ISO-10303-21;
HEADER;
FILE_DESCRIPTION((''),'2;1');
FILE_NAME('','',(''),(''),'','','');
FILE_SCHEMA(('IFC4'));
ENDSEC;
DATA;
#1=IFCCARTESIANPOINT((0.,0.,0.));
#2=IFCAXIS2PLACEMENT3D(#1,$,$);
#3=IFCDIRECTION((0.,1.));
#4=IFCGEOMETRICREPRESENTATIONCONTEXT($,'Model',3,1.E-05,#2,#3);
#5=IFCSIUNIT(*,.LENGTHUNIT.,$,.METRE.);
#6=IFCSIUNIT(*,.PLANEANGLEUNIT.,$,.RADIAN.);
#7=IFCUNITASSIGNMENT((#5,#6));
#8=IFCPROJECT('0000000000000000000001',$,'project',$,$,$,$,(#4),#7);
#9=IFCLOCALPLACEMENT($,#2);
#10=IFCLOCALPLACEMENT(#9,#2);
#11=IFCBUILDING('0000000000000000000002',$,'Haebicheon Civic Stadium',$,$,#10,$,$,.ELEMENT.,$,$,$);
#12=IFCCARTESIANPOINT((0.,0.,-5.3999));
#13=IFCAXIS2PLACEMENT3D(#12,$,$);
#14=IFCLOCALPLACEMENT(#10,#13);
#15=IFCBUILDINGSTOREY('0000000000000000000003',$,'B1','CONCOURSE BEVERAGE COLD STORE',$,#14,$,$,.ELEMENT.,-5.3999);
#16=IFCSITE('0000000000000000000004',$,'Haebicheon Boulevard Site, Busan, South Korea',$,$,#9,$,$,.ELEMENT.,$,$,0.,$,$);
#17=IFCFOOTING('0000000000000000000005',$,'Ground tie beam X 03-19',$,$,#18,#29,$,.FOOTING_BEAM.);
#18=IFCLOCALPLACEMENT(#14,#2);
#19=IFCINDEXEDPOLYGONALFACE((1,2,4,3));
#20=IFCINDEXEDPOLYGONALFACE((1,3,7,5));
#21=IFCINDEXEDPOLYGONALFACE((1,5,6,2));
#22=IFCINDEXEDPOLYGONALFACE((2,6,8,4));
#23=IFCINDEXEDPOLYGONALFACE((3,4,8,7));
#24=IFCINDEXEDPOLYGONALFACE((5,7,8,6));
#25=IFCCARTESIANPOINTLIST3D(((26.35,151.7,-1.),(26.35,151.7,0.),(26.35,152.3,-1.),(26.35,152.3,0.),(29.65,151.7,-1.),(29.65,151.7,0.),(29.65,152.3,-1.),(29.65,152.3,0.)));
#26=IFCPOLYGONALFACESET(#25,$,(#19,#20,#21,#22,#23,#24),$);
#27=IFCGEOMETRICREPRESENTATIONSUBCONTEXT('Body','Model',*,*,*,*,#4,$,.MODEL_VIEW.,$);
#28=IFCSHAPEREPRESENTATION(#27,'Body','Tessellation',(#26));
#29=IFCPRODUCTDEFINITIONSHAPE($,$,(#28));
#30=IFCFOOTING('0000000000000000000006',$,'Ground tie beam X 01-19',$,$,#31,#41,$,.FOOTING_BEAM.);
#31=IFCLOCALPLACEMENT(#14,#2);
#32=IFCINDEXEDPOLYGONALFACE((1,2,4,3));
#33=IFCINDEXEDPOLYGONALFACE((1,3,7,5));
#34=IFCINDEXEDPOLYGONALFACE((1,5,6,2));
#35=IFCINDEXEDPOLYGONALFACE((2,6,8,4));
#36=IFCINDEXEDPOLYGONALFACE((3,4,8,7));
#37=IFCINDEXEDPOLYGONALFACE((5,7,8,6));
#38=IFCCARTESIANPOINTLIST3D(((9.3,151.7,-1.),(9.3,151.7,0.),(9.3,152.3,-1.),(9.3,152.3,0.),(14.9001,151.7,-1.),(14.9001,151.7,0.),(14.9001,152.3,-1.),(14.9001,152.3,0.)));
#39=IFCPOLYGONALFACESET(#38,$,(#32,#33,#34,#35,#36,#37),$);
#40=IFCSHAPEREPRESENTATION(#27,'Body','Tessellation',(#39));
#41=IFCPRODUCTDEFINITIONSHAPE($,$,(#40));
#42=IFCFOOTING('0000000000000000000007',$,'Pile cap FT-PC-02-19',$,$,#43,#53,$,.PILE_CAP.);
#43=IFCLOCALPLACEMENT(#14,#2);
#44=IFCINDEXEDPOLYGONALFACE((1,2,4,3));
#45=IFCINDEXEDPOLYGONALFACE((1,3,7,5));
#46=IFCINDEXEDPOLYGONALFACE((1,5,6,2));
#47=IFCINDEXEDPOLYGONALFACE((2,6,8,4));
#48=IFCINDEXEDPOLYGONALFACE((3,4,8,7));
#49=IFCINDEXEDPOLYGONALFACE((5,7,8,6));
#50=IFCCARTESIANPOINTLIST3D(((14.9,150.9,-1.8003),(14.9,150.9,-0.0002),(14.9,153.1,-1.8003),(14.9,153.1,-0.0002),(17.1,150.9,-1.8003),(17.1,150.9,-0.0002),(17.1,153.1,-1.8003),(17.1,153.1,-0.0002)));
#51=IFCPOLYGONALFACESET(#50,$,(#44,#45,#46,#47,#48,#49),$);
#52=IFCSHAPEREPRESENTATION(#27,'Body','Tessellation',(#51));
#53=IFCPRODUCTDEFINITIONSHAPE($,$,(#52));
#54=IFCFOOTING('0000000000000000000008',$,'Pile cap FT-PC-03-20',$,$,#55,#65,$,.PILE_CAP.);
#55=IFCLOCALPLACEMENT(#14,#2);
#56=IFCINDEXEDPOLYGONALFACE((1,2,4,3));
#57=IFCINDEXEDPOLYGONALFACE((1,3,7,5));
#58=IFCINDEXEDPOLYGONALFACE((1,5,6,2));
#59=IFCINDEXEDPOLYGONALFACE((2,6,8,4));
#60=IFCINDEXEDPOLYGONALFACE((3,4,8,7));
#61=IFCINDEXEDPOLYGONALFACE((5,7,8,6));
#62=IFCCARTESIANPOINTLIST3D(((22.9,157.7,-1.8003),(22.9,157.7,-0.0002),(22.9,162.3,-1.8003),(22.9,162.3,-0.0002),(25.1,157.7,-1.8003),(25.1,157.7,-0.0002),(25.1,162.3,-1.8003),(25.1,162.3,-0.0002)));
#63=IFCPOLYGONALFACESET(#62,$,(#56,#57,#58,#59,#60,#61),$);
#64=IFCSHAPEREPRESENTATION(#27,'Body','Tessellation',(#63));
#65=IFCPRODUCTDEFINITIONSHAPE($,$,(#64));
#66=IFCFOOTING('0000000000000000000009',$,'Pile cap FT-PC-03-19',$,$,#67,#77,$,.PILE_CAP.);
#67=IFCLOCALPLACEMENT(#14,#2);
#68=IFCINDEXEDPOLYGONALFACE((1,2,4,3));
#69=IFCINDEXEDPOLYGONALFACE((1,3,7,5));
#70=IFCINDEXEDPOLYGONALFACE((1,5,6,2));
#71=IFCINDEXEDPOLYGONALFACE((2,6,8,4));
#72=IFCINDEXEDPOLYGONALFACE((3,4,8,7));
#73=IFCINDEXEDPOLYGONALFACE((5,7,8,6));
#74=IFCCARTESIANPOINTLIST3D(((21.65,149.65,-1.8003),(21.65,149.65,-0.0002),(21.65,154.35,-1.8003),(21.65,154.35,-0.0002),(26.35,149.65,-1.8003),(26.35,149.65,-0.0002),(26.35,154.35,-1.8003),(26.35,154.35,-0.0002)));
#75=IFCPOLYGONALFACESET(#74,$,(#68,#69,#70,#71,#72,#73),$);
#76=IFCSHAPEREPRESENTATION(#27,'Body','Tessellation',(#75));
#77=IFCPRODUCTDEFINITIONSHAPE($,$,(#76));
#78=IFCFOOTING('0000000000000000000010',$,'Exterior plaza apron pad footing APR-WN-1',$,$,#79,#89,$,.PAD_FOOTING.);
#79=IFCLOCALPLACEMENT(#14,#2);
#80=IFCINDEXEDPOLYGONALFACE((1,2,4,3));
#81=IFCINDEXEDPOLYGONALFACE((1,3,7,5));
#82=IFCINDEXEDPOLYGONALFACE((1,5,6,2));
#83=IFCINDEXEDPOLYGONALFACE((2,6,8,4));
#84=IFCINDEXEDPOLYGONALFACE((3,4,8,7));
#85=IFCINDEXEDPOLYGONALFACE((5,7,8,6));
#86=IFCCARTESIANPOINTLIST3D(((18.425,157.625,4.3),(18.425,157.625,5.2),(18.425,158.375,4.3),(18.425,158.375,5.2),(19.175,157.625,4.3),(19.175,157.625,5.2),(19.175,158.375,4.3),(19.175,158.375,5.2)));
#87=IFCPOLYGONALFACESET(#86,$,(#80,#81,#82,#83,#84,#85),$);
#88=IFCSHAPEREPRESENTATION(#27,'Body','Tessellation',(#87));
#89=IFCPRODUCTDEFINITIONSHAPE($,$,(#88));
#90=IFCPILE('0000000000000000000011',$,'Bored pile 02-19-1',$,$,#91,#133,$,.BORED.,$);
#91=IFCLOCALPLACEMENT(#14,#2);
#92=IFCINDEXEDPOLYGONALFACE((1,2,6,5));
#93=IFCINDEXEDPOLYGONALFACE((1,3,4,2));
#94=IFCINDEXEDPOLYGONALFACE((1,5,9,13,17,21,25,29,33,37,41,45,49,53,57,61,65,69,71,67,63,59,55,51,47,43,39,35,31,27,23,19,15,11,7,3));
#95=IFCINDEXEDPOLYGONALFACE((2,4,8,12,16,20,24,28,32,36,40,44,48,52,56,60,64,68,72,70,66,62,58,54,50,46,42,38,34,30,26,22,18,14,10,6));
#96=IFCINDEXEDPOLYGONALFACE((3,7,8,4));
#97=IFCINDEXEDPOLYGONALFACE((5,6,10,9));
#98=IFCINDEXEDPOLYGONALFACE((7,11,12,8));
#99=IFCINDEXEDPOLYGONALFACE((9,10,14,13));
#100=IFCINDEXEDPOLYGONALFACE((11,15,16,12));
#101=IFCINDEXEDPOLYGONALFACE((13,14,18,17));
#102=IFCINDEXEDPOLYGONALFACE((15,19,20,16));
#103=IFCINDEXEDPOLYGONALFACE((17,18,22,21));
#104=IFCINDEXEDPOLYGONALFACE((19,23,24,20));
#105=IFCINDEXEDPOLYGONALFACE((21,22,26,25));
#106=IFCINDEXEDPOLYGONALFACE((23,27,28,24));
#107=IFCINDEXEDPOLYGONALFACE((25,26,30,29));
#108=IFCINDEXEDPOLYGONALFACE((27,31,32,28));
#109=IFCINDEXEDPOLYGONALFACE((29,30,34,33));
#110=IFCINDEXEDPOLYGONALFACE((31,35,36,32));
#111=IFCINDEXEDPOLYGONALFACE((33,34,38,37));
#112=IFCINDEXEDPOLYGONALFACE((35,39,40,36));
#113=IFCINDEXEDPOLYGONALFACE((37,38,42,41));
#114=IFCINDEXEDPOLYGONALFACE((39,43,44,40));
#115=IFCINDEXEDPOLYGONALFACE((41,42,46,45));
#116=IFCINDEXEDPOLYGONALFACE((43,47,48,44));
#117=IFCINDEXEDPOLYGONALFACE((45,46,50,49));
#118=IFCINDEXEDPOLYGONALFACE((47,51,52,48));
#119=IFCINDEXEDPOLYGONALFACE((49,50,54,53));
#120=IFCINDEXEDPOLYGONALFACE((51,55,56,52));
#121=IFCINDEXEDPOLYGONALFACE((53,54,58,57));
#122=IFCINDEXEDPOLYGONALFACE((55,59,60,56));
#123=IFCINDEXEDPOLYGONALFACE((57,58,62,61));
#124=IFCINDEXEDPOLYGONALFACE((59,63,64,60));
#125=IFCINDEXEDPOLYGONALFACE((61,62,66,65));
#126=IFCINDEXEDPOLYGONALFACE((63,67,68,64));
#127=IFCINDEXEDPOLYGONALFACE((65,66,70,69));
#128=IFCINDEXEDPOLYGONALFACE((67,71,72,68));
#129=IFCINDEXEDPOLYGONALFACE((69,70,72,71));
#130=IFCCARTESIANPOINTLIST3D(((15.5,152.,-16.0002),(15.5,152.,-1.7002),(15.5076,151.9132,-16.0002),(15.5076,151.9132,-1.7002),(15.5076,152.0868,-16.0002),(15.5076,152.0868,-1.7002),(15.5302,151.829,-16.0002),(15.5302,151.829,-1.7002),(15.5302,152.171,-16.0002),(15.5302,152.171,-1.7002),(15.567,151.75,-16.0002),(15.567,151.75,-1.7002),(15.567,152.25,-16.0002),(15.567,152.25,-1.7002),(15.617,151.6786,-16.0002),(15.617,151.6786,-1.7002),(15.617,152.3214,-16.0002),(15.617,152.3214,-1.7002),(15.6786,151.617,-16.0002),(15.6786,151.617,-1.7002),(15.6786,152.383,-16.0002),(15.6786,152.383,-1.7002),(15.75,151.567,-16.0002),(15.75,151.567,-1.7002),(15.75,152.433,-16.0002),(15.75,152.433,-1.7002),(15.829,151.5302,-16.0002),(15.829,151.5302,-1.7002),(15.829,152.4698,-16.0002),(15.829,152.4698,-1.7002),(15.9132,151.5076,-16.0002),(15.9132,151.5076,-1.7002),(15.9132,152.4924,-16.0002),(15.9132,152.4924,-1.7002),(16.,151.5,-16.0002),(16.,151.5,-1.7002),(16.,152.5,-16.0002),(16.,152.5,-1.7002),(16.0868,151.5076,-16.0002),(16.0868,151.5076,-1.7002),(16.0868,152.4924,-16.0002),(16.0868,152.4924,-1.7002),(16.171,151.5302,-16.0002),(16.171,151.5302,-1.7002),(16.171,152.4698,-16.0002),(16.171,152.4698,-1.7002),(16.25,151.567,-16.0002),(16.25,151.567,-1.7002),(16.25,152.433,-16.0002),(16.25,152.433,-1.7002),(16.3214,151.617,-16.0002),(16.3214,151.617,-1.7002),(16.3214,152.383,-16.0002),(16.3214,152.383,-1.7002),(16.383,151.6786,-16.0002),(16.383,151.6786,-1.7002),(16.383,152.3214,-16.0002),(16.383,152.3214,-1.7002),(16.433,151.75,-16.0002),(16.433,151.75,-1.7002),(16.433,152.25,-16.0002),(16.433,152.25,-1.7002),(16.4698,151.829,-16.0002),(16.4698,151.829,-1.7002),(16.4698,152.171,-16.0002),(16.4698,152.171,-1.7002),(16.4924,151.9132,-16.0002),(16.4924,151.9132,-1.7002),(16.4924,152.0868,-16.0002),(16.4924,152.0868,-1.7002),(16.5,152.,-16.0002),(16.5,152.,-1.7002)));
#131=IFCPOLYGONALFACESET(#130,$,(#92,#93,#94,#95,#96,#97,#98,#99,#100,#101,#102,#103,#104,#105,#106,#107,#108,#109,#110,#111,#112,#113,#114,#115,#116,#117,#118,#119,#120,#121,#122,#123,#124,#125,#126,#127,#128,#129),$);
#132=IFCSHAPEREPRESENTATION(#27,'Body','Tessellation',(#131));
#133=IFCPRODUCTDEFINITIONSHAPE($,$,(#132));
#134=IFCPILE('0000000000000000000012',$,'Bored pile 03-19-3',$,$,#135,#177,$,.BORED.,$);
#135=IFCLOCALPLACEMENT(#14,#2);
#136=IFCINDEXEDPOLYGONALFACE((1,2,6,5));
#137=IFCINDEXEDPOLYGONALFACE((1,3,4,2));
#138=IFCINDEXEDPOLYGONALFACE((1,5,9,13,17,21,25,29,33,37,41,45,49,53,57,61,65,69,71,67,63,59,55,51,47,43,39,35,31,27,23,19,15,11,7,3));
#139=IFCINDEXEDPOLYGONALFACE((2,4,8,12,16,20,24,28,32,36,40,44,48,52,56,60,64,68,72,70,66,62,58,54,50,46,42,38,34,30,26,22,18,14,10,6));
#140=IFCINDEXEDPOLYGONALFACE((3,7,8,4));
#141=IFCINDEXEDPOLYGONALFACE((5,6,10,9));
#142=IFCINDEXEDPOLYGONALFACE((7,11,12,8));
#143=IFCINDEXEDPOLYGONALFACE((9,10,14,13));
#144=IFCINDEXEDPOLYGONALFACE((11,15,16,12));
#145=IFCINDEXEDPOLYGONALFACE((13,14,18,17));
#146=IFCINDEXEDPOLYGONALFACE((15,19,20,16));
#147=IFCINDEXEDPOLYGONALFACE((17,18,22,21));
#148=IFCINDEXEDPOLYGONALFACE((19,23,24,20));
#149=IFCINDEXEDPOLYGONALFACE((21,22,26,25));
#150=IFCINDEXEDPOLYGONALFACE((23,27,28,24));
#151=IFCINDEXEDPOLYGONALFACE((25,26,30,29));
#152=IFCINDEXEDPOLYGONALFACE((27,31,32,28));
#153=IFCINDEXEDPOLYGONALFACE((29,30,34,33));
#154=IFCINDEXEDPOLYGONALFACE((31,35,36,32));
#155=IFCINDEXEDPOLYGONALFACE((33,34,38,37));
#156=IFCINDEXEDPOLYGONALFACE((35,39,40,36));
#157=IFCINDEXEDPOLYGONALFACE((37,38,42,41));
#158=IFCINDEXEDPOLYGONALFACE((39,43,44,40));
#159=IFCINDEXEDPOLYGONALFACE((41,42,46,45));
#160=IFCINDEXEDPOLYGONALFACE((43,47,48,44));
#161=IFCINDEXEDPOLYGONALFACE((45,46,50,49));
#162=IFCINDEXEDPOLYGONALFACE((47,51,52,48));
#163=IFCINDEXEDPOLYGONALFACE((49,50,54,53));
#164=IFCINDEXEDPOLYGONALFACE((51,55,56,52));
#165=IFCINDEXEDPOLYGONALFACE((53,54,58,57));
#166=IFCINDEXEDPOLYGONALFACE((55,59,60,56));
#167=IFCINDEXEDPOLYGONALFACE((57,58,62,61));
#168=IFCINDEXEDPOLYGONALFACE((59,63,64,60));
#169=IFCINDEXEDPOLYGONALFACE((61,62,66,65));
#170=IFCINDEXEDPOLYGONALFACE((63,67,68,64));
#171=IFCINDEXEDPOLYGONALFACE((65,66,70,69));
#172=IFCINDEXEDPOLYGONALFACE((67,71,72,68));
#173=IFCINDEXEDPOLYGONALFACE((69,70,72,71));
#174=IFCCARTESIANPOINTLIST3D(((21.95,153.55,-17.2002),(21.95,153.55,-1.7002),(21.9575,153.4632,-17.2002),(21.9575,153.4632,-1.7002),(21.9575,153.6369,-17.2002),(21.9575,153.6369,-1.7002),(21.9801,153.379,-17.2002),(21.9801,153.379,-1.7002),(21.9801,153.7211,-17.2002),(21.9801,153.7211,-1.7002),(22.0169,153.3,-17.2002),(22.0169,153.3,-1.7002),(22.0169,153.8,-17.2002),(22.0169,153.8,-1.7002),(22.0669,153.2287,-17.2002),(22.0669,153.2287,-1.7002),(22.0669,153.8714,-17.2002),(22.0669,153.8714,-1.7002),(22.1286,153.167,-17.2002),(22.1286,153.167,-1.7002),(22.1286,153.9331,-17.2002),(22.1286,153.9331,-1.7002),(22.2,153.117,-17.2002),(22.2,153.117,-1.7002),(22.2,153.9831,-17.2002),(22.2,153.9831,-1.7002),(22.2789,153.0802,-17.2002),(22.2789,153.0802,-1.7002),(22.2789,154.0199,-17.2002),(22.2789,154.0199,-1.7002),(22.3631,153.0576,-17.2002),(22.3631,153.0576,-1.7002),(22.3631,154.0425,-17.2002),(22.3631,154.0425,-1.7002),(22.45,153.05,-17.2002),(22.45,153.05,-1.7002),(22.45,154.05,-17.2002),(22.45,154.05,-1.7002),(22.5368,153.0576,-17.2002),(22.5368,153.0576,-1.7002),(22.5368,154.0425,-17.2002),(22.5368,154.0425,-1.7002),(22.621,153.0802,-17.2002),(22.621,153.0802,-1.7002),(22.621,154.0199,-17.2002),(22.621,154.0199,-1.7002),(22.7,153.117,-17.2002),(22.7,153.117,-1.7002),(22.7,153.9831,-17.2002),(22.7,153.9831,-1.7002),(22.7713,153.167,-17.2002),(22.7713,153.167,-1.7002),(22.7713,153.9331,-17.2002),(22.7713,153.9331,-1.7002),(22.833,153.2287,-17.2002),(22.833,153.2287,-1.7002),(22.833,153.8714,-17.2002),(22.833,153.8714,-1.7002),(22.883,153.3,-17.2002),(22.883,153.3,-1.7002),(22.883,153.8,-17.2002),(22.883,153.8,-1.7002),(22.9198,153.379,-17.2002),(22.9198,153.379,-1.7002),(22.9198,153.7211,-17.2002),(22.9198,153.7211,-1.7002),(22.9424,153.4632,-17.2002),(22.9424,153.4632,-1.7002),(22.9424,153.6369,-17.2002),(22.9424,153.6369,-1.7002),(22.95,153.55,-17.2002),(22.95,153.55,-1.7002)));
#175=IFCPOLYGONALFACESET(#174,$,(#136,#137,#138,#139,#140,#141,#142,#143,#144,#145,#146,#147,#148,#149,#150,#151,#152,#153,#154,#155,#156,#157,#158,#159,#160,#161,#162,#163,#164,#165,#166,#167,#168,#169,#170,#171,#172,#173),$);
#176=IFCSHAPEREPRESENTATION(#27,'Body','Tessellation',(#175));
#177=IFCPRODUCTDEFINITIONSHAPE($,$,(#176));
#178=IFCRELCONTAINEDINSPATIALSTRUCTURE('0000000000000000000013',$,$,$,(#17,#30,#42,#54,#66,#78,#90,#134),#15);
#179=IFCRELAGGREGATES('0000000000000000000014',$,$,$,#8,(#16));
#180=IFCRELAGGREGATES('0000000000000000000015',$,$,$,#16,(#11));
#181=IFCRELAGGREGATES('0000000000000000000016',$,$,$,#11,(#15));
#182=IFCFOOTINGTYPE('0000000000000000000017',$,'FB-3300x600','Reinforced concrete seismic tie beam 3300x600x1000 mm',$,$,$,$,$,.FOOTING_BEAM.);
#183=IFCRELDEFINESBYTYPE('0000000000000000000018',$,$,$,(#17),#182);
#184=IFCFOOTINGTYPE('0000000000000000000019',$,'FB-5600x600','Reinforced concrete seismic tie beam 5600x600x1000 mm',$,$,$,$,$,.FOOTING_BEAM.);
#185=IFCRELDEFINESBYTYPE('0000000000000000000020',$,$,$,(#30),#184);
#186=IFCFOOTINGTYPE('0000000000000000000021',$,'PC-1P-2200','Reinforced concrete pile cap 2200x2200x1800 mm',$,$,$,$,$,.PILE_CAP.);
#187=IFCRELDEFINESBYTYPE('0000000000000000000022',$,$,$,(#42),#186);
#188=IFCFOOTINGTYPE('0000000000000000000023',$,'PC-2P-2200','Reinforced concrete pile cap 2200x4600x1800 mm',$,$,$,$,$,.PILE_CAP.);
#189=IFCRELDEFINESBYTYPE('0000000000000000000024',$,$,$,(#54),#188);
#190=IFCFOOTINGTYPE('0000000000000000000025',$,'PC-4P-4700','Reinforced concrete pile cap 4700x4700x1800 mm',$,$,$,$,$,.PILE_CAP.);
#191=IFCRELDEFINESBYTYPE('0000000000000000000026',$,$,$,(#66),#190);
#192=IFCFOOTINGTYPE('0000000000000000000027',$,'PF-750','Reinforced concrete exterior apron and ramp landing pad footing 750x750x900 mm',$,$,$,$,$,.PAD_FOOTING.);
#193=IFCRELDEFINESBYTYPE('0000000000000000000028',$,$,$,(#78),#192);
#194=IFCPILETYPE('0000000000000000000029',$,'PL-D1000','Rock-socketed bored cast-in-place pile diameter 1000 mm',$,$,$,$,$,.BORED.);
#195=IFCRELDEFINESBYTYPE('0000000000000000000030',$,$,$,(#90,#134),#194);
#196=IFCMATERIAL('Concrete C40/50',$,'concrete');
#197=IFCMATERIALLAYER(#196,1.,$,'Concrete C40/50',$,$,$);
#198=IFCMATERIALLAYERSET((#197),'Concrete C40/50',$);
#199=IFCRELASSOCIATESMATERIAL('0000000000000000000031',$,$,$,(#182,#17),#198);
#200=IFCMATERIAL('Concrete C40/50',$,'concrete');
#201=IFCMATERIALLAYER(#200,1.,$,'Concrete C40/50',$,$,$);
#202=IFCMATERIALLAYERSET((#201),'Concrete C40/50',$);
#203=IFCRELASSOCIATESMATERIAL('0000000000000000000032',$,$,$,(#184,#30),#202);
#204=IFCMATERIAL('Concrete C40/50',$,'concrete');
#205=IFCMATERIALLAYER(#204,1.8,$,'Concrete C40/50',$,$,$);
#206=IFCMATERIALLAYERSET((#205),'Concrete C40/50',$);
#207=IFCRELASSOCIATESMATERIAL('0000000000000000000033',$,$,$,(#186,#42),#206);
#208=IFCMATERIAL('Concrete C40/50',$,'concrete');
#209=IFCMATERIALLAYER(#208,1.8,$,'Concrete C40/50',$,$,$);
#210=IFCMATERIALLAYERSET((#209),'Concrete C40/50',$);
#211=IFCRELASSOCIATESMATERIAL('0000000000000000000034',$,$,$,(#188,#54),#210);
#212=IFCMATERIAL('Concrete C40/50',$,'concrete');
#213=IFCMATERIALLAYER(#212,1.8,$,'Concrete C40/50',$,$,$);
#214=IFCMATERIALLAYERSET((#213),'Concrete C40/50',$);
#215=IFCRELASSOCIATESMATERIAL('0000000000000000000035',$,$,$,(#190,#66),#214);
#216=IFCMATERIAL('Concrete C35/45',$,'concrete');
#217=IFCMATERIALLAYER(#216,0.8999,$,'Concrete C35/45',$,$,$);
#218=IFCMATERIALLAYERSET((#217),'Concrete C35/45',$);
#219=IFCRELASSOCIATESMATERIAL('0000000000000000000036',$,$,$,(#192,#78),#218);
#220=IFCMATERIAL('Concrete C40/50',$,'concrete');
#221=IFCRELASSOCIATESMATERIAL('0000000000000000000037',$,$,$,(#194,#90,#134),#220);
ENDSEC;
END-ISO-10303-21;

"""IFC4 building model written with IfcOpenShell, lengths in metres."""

from ifc_helpers import new_model, si_unit, direction, frame, origin, origin_2d, place, context, subcontext, project, spatial, rectangle, circle, extrude, material, layer, layer_set, material_profile, profile_set, type_object, element, save


model = new_model("IFC4")

# Units and contexts
model_context = context("Model", 3, precision=1e-05, world=origin(), true_north=direction((0.0, 1.0)))
body_context = subcontext(model_context, "Body", "Model", "MODEL_VIEW")
ifc_project = project(units=[si_unit("LENGTHUNIT", "METRE"), si_unit("PLANEANGLEUNIT", "RADIAN")], contexts=[model_context])

# Site, building, storey
site_placement = place(None, origin())
site = spatial("IfcSite", under=ifc_project, at=site_placement, Name="Haebicheon Boulevard Site, Busan, South Korea", CompositionType="ELEMENT", RefElevation=0.0)
building_placement = place(site_placement, origin())
building = spatial("IfcBuilding", under=site, at=building_placement, Name="Haebicheon Civic Stadium", CompositionType="ELEMENT")
storey_placement = place(building_placement, frame((0.0, 0.0, -5.3999)))
storey = spatial("IfcBuildingStorey", under=building, at=storey_placement, Name="B1", Description="CONCOURSE BEVERAGE COLD STORE", CompositionType="ELEMENT", Elevation=-5.3999)

# Footings
ifc_material_1 = material(Name="Concrete C40/50", Category="concrete")
ifc_layer_1 = layer(ifc_material_1, 1.0, Name="Concrete C40/50")
ifc_layer_set_1 = layer_set([ifc_layer_1], Name="Concrete C40/50")
footing_type_1 = type_object("IfcFootingType", Name="FB-3300x600", Description="Reinforced concrete seismic tie beam 3300x600x1000 mm", PredefinedType="FOOTING_BEAM", material=ifc_layer_set_1)
footing_1_placement = place(storey_placement, frame((28.0, 152.0, -1.0), z_axis=(0.0, 0.0, 1.0), x_axis=(1.0, 0.0, 0.0)))
element("IfcFooting", 1, at=footing_1_placement, inside=storey, type_object=footing_type_1, material=ifc_layer_set_1, Name="Ground tie beam X 03-19", PredefinedType="FOOTING_BEAM", context=body_context, shape_type="SweptSolid", body=[
    extrude(rectangle(XDim=3.3, YDim=0.6001, at=origin_2d()), origin(), (0.0, 0.0, 1.0), 1.0),
])
ifc_material_2 = material(Name="Concrete C40/50", Category="concrete")
ifc_layer_2 = layer(ifc_material_2, 1.0, Name="Concrete C40/50")
ifc_layer_set_2 = layer_set([ifc_layer_2], Name="Concrete C40/50")
footing_type_2 = type_object("IfcFootingType", Name="FB-5600x600", Description="Reinforced concrete seismic tie beam 5600x600x1000 mm", PredefinedType="FOOTING_BEAM", material=ifc_layer_set_2)
footing_2_placement = place(storey_placement, frame((12.1001, 152.0, -1.0), z_axis=(0.0, 0.0, 1.0), x_axis=(1.0, 0.0, 0.0)))
element("IfcFooting", 2, at=footing_2_placement, inside=storey, type_object=footing_type_2, material=ifc_layer_set_2, Name="Ground tie beam X 01-19", PredefinedType="FOOTING_BEAM", context=body_context, shape_type="SweptSolid", body=[
    extrude(rectangle(XDim=5.6001, YDim=0.6001, at=origin_2d()), origin(), (0.0, 0.0, 1.0), 1.0),
])
ifc_material_3 = material(Name="Concrete C40/50", Category="concrete")
ifc_layer_3 = layer(ifc_material_3, 1.8, Name="Concrete C40/50")
ifc_layer_set_3 = layer_set([ifc_layer_3], Name="Concrete C40/50")
footing_type_3 = type_object("IfcFootingType", Name="PC-1P-2200", Description="Reinforced concrete pile cap 2200x2200x1800 mm", PredefinedType="PILE_CAP", material=ifc_layer_set_3)
footing_3_placement = place(storey_placement, frame((16.0, 152.0, -1.8003), z_axis=(0.0, 0.0, 1.0), x_axis=(1.0, 0.0, 0.0)))
element("IfcFooting", 3, at=footing_3_placement, inside=storey, type_object=footing_type_3, material=ifc_layer_set_3, Name="Pile cap FT-PC-02-19", PredefinedType="PILE_CAP", context=body_context, shape_type="SweptSolid", body=[
    extrude(rectangle(XDim=2.2, YDim=2.2, at=origin_2d()), origin(), (0.0, 0.0, 1.0), 1.8),
])
ifc_material_4 = material(Name="Concrete C40/50", Category="concrete")
ifc_layer_4 = layer(ifc_material_4, 1.8, Name="Concrete C40/50")
ifc_layer_set_4 = layer_set([ifc_layer_4], Name="Concrete C40/50")
footing_type_4 = type_object("IfcFootingType", Name="PC-2P-2200", Description="Reinforced concrete pile cap 2200x4600x1800 mm", PredefinedType="PILE_CAP", material=ifc_layer_set_4)
footing_4_placement = place(storey_placement, frame((24.0, 160.0, -1.8003), z_axis=(0.0, 0.0, 1.0), x_axis=(1.0, 0.0, 0.0)))
element("IfcFooting", 4, at=footing_4_placement, inside=storey, type_object=footing_type_4, material=ifc_layer_set_4, Name="Pile cap FT-PC-03-20", PredefinedType="PILE_CAP", context=body_context, shape_type="SweptSolid", body=[
    extrude(rectangle(XDim=2.2, YDim=4.6001, at=origin_2d()), origin(), (0.0, 0.0, 1.0), 1.8),
])
ifc_material_5 = material(Name="Concrete C40/50", Category="concrete")
ifc_layer_5 = layer(ifc_material_5, 1.8, Name="Concrete C40/50")
ifc_layer_set_5 = layer_set([ifc_layer_5], Name="Concrete C40/50")
footing_type_5 = type_object("IfcFootingType", Name="PC-4P-4700", Description="Reinforced concrete pile cap 4700x4700x1800 mm", PredefinedType="PILE_CAP", material=ifc_layer_set_5)
footing_5_placement = place(storey_placement, frame((24.0, 152.0, -1.8003), z_axis=(0.0, 0.0, 1.0), x_axis=(1.0, 0.0, 0.0)))
element("IfcFooting", 5, at=footing_5_placement, inside=storey, type_object=footing_type_5, material=ifc_layer_set_5, Name="Pile cap FT-PC-03-19", PredefinedType="PILE_CAP", context=body_context, shape_type="SweptSolid", body=[
    extrude(rectangle(XDim=4.7, YDim=4.7, at=origin_2d()), origin(), (0.0, 0.0, 1.0), 1.8),
])
ifc_material_6 = material(Name="Concrete C35/45", Category="concrete")
ifc_layer_6 = layer(ifc_material_6, 0.8999, Name="Concrete C35/45")
ifc_layer_set_6 = layer_set([ifc_layer_6], Name="Concrete C35/45")
footing_type_6 = type_object("IfcFootingType", Name="PF-750", Description="Reinforced concrete exterior apron and ramp landing pad footing 750x750x900 mm", PredefinedType="PAD_FOOTING", material=ifc_layer_set_6)
footing_6_placement = place(storey_placement, frame((18.8, 158.0, 4.3), z_axis=(0.0, 0.0, 1.0), x_axis=(1.0, 0.0, 0.0)))
element("IfcFooting", 6, at=footing_6_placement, inside=storey, type_object=footing_type_6, material=ifc_layer_set_6, Name="Exterior plaza apron pad footing APR-WN-1", PredefinedType="PAD_FOOTING", context=body_context, shape_type="SweptSolid", body=[
    extrude(rectangle(XDim=0.75, YDim=0.75, at=origin_2d()), origin(), (0.0, 0.0, 1.0), 0.8999),
])

# Piles
ifc_material_7 = material(Name="Concrete C40/50", Category="concrete")
ifc_material_profile_1 = material_profile(ifc_material_7, circle(Radius=0.5, at=origin_2d()), Name="PILE-D1000")
ifc_profile_set_1 = profile_set([ifc_material_profile_1], Name="Concrete C40/50")
pile_type = type_object("IfcPileType", Name="PL-D1000", Description="Rock-socketed bored cast-in-place pile diameter 1000 mm", PredefinedType="BORED", material=ifc_profile_set_1)
pile_1_placement = place(storey_placement, frame((16.0, 152.0, -1.7002), z_axis=(0.0, 0.0, -1.0), x_axis=(1.0, 0.0, 0.0)))
element("IfcPile", 7, at=pile_1_placement, inside=storey, type_object=pile_type, material=ifc_profile_set_1, Name="Bored pile 02-19-1", PredefinedType="BORED", context=body_context, shape_type="SweptSolid", body=[
    extrude(circle(Radius=0.5, at=origin_2d()), origin(), (0.0, 0.0, 1.0), 14.3),
])
for number, where, z_axis, x_axis, name in (
    (8, (22.45, 153.55, -1.7002), (0.0, 0.0, -1.0), (1.0, 0.0, 0.0), "Bored pile 03-19-3"),
):
    element("IfcPile", number, at=place(storey_placement, frame(where, z_axis=z_axis, x_axis=x_axis)), inside=storey, type_object=pile_type, material=ifc_profile_set_1, Name=name, PredefinedType="BORED", context=body_context, shape_type="SweptSolid", body=[
        extrude(circle(Radius=0.5, at=origin_2d()), origin(), (0.0, 0.0, 1.0), 15.5),
    ])

save(model, "model.ifc")
